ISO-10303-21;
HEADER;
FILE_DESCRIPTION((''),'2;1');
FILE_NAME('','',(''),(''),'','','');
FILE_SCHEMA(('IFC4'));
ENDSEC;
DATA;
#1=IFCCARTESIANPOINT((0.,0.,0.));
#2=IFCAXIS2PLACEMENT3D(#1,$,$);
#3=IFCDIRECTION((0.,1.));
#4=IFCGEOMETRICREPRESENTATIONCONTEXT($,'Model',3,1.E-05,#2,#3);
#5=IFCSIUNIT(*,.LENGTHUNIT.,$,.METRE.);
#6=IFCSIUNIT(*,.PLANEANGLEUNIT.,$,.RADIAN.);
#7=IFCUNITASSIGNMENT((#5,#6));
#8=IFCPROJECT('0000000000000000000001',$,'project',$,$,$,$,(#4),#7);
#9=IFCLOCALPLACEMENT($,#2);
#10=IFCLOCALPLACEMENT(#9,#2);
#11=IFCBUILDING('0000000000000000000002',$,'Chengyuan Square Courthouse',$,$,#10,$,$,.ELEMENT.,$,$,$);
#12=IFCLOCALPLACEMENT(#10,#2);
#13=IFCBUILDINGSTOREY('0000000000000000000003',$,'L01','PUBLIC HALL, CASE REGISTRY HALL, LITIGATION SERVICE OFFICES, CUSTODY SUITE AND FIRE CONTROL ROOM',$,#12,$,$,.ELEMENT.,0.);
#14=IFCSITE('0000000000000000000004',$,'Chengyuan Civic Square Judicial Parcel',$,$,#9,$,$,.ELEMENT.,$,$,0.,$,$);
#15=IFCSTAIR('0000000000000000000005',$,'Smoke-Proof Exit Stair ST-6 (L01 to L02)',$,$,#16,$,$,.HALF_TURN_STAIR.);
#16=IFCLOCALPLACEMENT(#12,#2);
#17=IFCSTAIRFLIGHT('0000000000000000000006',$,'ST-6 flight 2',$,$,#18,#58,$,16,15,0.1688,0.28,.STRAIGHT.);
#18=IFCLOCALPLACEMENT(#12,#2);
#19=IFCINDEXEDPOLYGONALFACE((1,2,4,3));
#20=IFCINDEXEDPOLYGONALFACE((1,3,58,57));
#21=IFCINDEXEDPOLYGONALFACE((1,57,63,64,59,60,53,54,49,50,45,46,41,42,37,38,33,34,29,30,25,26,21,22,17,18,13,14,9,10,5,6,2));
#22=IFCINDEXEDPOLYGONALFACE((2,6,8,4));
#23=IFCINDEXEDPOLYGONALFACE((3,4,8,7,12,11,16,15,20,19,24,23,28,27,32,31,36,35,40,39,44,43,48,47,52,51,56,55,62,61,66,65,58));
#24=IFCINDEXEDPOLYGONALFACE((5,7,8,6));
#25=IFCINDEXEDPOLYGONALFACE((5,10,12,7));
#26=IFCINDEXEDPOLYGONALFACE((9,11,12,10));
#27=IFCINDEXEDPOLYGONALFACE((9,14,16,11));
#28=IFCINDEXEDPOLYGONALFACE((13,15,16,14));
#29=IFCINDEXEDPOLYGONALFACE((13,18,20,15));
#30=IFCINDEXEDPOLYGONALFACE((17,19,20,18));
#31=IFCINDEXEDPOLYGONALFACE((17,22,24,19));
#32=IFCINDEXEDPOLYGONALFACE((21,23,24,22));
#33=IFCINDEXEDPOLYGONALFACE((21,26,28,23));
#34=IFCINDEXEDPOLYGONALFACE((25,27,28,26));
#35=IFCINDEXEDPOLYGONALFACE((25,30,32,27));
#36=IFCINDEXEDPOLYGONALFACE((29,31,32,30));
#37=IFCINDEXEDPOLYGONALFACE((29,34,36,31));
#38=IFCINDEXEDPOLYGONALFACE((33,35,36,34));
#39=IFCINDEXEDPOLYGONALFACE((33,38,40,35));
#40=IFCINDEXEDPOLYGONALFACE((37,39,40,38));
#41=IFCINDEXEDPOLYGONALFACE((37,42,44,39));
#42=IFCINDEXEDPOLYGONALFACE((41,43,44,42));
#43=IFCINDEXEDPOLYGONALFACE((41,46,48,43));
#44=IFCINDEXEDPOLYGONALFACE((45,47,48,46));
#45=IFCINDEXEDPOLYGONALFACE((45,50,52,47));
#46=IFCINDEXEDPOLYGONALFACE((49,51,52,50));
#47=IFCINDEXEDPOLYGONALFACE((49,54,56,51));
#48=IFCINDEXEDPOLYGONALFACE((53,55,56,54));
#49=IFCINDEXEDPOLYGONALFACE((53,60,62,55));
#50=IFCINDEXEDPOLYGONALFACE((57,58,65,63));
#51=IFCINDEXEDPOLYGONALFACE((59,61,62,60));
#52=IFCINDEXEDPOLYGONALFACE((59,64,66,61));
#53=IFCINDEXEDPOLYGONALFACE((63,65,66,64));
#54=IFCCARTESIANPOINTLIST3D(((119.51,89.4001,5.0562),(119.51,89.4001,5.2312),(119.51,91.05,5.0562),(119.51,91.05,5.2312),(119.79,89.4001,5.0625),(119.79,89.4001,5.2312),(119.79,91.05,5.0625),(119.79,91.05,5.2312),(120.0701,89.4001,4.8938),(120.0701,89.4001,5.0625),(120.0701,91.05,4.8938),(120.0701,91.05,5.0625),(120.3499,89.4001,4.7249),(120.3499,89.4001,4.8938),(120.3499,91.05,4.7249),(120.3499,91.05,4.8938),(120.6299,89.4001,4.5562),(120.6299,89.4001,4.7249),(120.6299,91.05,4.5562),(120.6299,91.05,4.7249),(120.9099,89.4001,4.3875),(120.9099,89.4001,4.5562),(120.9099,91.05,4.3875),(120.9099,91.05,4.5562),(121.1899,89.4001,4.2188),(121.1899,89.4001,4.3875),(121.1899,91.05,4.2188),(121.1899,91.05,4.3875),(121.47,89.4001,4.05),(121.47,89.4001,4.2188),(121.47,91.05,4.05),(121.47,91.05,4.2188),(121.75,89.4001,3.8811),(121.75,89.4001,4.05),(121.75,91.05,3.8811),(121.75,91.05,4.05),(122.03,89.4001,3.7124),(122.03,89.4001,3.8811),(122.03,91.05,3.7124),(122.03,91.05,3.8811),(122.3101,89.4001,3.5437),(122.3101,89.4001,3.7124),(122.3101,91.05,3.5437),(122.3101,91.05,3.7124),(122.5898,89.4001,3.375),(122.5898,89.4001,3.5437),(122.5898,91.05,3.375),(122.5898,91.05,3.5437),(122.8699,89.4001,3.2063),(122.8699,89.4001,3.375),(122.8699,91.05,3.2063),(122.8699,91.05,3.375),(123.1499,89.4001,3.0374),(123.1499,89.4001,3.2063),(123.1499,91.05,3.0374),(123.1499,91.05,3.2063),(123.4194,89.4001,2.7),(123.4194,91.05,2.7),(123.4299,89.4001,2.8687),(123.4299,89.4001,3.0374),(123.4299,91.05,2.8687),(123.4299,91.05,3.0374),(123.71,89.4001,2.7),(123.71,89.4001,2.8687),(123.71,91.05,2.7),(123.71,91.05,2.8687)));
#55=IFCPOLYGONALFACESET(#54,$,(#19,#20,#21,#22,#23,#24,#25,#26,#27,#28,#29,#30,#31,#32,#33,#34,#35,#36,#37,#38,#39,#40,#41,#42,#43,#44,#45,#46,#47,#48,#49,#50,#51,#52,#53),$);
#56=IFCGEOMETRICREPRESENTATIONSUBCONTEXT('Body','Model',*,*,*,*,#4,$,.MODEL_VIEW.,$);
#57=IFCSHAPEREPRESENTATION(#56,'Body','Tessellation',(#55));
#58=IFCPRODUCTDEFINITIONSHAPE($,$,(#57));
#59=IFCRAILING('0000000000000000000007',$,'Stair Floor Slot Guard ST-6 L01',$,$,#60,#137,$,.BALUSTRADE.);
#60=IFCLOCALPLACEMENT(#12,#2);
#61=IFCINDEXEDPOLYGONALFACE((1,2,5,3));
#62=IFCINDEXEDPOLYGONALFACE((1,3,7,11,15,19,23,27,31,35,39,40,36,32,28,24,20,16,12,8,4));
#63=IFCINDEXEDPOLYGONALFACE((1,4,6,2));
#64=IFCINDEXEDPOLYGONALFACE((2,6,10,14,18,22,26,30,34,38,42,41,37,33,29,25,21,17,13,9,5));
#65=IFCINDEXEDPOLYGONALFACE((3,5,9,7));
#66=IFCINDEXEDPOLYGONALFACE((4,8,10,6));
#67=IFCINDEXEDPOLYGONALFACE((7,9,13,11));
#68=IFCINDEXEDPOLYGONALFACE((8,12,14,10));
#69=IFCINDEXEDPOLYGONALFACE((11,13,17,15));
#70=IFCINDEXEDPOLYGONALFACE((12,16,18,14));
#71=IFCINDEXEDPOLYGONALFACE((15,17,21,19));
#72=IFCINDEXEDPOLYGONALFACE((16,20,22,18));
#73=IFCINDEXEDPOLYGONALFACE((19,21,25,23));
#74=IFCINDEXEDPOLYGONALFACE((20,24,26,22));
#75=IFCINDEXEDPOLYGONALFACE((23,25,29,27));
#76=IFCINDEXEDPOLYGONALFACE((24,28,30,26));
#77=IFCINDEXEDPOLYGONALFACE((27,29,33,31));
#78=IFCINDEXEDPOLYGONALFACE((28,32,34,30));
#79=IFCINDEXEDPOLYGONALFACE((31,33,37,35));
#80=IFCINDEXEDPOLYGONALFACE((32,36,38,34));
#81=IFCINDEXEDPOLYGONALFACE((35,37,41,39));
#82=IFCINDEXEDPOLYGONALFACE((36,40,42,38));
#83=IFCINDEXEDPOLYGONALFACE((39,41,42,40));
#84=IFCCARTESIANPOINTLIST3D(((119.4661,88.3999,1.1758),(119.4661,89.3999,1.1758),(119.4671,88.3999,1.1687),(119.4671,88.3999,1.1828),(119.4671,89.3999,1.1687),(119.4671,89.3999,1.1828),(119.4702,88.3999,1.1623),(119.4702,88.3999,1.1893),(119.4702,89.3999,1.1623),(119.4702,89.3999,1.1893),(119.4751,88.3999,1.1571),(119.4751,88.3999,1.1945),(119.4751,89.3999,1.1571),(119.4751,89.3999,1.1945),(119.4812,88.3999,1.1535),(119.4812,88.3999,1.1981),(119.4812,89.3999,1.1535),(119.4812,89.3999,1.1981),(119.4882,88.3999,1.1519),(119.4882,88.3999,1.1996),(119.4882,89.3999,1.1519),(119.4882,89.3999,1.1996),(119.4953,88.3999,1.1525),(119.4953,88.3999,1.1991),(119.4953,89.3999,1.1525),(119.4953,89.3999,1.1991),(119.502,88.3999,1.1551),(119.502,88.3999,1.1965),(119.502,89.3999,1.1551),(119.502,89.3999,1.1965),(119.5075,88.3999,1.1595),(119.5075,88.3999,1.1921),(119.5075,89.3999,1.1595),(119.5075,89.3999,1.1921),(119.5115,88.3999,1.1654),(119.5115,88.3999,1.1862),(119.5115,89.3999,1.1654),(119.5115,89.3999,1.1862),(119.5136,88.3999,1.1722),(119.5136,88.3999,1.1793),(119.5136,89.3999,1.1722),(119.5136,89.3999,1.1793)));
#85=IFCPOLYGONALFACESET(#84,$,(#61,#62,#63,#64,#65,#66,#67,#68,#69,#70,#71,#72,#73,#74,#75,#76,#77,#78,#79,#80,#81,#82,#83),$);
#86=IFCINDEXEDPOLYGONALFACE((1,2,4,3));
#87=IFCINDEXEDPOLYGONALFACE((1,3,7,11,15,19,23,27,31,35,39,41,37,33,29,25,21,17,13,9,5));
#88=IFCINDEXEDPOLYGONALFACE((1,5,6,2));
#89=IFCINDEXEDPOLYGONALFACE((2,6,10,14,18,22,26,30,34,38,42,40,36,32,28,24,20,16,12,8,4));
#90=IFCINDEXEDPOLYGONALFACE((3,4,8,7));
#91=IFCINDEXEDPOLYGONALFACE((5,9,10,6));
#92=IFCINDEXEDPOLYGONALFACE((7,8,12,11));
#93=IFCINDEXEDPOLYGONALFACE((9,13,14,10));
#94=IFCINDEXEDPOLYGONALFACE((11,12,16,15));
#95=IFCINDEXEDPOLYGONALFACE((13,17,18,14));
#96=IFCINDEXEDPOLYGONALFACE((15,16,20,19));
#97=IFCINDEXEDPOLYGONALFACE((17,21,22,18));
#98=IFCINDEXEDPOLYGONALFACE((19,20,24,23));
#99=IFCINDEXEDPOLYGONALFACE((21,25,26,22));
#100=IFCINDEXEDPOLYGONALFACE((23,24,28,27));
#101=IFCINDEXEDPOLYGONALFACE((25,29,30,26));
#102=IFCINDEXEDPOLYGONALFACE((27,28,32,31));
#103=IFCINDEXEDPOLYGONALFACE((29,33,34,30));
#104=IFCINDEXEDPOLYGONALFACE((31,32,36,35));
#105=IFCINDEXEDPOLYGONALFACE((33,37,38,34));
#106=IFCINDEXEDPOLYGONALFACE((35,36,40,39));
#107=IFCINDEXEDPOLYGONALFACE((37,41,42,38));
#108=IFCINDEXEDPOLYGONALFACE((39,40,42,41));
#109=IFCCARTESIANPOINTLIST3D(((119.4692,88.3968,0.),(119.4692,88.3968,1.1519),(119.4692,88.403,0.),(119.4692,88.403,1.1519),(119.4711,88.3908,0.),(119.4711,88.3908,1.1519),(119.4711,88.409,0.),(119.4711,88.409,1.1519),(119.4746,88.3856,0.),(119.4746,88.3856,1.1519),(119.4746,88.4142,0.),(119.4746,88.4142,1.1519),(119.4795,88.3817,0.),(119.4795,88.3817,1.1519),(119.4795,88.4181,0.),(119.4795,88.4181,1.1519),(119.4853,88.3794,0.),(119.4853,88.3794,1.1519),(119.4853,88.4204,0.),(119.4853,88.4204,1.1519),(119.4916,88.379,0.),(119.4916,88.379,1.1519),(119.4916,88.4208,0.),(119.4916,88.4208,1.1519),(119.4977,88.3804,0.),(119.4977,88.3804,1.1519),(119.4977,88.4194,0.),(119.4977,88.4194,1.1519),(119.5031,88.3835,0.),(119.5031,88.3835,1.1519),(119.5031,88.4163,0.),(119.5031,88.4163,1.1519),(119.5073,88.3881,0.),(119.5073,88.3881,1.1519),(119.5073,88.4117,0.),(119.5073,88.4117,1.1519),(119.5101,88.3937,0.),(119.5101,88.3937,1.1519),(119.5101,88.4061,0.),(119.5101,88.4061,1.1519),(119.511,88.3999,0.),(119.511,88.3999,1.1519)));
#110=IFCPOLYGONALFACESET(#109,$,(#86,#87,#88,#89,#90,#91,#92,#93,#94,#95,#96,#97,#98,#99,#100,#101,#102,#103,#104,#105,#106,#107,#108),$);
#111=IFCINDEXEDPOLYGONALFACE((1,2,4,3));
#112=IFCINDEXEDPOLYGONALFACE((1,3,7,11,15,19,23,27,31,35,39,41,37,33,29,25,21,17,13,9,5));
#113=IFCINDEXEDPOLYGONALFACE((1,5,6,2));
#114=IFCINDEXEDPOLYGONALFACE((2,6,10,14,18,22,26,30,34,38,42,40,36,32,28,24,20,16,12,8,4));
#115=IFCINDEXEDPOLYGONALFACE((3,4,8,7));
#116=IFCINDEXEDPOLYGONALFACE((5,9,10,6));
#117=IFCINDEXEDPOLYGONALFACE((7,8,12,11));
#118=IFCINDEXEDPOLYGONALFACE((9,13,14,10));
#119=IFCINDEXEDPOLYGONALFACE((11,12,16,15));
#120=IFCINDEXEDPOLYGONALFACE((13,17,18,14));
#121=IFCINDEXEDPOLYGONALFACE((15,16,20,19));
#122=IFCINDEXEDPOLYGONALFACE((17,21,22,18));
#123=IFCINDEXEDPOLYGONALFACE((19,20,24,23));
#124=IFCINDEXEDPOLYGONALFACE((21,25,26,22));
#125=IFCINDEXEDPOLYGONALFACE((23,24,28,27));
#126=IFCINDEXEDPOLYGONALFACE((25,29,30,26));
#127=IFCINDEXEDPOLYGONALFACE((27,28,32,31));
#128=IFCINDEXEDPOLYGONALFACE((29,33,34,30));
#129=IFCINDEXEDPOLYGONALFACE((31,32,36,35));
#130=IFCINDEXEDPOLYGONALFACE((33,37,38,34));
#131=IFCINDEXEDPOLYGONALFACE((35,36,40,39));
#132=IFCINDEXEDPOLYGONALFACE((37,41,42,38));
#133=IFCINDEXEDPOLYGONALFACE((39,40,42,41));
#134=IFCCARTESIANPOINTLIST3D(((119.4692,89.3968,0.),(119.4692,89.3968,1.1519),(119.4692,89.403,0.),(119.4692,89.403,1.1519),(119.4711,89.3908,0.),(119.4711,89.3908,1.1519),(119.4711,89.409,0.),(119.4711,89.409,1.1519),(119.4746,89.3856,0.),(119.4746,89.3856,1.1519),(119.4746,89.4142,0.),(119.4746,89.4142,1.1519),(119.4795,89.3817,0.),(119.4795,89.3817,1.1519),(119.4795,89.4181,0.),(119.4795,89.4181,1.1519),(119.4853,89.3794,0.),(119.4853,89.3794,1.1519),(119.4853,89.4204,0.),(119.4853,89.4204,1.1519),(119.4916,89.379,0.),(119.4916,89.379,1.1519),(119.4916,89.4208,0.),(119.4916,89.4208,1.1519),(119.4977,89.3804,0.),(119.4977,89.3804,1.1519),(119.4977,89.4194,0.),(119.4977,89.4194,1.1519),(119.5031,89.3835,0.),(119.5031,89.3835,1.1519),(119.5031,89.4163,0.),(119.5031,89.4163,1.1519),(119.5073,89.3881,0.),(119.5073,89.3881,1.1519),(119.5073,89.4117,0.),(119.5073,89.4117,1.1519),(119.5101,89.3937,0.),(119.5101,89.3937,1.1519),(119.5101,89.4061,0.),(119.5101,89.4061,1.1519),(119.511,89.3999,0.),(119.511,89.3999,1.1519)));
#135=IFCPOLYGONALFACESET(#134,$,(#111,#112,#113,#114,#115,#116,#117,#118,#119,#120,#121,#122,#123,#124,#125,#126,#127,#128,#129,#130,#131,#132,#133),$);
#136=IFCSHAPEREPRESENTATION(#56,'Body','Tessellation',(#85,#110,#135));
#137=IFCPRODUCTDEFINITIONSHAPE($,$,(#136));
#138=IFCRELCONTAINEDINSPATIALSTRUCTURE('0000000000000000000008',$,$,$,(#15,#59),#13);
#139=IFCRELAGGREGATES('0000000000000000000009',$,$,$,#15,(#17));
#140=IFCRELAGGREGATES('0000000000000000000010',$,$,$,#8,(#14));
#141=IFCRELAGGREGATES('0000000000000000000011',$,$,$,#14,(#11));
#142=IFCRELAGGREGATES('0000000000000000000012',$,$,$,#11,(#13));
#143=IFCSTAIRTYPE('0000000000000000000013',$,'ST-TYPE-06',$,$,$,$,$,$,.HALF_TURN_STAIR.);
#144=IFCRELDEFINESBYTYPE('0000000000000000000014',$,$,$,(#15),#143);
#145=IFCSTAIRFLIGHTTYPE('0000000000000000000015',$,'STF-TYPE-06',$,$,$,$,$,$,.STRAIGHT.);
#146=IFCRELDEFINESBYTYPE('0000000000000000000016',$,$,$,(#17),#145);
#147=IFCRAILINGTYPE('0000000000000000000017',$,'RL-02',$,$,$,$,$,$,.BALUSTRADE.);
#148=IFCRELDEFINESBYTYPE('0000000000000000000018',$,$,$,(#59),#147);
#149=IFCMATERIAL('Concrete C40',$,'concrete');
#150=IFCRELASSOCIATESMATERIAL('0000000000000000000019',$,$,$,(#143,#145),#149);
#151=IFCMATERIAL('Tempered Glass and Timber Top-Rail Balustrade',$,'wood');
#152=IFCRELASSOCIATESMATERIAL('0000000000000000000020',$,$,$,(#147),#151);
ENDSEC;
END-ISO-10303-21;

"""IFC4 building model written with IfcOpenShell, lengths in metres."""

from ifc_helpers import new_model, si_unit, direction, frame, origin, origin_2d, place, context, subcontext, project, spatial, polyline, circle, outline, extrude, material, type_object, element, aggregate, save


model = new_model("IFC4")

# Units and contexts
model_context = context("Model", 3, precision=1e-05, world=origin(), true_north=direction((0.0, 1.0)))
body_context = subcontext(model_context, "Body", "Model", "MODEL_VIEW")
ifc_project = project(units=[si_unit("LENGTHUNIT", "METRE"), si_unit("PLANEANGLEUNIT", "RADIAN")], contexts=[model_context])

# Site, building, storey
site_placement = place(None, origin())
site = spatial("IfcSite", under=ifc_project, at=site_placement, Name="Chengyuan Civic Square Judicial Parcel", CompositionType="ELEMENT", RefElevation=0.0)
building_placement = place(site_placement, origin())
building = spatial("IfcBuilding", under=site, at=building_placement, Name="Chengyuan Square Courthouse", CompositionType="ELEMENT")
storey_placement = place(building_placement, origin())
storey = spatial("IfcBuildingStorey", under=building, at=storey_placement, Name="L01", Description="PUBLIC HALL, CASE REGISTRY HALL, LITIGATION SERVICE OFFICES, CUSTODY SUITE AND FIRE CONTROL ROOM", CompositionType="ELEMENT", Elevation=0.0)

# Shared definitions
ifc_material_1 = material(Name="Concrete C40", Category="concrete")

# Stair, stair flight
stair_type = type_object("IfcStairType", Name="ST-TYPE-06", PredefinedType="HALF_TURN_STAIR", material=ifc_material_1)
stair_placement = place(storey_placement, origin())
stair = element("IfcStair", 1, at=stair_placement, inside=storey, type_object=stair_type, Name="Smoke-Proof Exit Stair ST-6 (L01 to L02)", PredefinedType="HALF_TURN_STAIR")
stair_flight_type = type_object("IfcStairFlightType", Name="STF-TYPE-06", PredefinedType="STRAIGHT", material=ifc_material_1)
stair_flight_1_placement = place(storey_placement, frame((123.71, 90.2251, 2.7), z_axis=(0.0, 0.0, 1.0), x_axis=(-1.0, 0.0, 0.0)))
stair_flight_1 = element("IfcStairFlight", 2, at=stair_flight_1_placement, type_object=stair_flight_type, Name="ST-6 flight 2", NumberOfRisers=16, NumberOfTreads=15, PredefinedType="STRAIGHT", RiserHeight=0.1688, TreadLength=0.28, context=body_context, shape_type="SweptSolid", body=[
    extrude(outline(polyline([(0.0, 0.0), (0.0, 0.1687), (0.28, 0.1687), (0.28, 0.3374), (0.5601, 0.3374), (0.5601, 0.5063), (0.8401, 0.5063), (0.8401, 0.675), (1.1201, 0.675), (1.1201, 0.8438), (1.3999, 0.8438), (1.3999, 1.0125), (1.6799, 1.0125), (1.6799, 1.1812), (1.96, 1.1812), (1.96, 1.3501), (2.24, 1.3501), (2.24, 1.5188), (2.52, 1.5188), (2.52, 1.6875), (2.8, 1.6875), (2.8, 1.8562), (3.0801, 1.8562), (3.0801, 2.0249), (3.3601, 2.0249), (3.3601, 2.1938), (3.6399, 2.1938), (3.6399, 2.3625), (3.9199, 2.3625), (3.9199, 2.5312), (4.2, 2.5312), (4.2, 2.7), (4.2, 2.3562), (0.2905, 0.0), (0.0, 0.0)])), frame((0.0, 0.825, 0.0), z_axis=(0.0, -1.0, 0.0), x_axis=(1.0, 0.0, 0.0)), (0.0, 0.0, 1.0), 1.6499),
])
aggregate(stair, [stair_flight_1])

# Railing
ifc_material_2 = material(Name="Tempered Glass and Timber Top-Rail Balustrade", Category="wood")
railing_type_1 = type_object("IfcRailingType", Name="RL-02", PredefinedType="BALUSTRADE", material=ifc_material_2)
for number, where, name in (
    (3, (119.49, 88.3999, 0.0), "Stair Floor Slot Guard ST-6 L01"),
):
    element("IfcRailing", number, at=place(storey_placement, frame(where)), inside=storey, type_object=railing_type_1, Name=name, PredefinedType="BALUSTRADE", context=body_context, shape_type="SweptSolid", body=[
        extrude(circle(Radius=0.0239, at=origin_2d()), frame((0.0, 0.0, 1.1758), z_axis=(0.0, 1.0, 0.0), x_axis=(-1.0, 0.0, 0.0)), (0.0, 0.0, 1.0), 1.0),
        extrude(circle(Radius=0.021, at=origin_2d()), origin(), (0.0, 0.0, 1.0), 1.1519),
        extrude(circle(Radius=0.021, at=origin_2d()), frame((0.0, 1.0, 0.0)), (0.0, 0.0, 1.0), 1.1519),
    ])

save(model, "model.ifc")
